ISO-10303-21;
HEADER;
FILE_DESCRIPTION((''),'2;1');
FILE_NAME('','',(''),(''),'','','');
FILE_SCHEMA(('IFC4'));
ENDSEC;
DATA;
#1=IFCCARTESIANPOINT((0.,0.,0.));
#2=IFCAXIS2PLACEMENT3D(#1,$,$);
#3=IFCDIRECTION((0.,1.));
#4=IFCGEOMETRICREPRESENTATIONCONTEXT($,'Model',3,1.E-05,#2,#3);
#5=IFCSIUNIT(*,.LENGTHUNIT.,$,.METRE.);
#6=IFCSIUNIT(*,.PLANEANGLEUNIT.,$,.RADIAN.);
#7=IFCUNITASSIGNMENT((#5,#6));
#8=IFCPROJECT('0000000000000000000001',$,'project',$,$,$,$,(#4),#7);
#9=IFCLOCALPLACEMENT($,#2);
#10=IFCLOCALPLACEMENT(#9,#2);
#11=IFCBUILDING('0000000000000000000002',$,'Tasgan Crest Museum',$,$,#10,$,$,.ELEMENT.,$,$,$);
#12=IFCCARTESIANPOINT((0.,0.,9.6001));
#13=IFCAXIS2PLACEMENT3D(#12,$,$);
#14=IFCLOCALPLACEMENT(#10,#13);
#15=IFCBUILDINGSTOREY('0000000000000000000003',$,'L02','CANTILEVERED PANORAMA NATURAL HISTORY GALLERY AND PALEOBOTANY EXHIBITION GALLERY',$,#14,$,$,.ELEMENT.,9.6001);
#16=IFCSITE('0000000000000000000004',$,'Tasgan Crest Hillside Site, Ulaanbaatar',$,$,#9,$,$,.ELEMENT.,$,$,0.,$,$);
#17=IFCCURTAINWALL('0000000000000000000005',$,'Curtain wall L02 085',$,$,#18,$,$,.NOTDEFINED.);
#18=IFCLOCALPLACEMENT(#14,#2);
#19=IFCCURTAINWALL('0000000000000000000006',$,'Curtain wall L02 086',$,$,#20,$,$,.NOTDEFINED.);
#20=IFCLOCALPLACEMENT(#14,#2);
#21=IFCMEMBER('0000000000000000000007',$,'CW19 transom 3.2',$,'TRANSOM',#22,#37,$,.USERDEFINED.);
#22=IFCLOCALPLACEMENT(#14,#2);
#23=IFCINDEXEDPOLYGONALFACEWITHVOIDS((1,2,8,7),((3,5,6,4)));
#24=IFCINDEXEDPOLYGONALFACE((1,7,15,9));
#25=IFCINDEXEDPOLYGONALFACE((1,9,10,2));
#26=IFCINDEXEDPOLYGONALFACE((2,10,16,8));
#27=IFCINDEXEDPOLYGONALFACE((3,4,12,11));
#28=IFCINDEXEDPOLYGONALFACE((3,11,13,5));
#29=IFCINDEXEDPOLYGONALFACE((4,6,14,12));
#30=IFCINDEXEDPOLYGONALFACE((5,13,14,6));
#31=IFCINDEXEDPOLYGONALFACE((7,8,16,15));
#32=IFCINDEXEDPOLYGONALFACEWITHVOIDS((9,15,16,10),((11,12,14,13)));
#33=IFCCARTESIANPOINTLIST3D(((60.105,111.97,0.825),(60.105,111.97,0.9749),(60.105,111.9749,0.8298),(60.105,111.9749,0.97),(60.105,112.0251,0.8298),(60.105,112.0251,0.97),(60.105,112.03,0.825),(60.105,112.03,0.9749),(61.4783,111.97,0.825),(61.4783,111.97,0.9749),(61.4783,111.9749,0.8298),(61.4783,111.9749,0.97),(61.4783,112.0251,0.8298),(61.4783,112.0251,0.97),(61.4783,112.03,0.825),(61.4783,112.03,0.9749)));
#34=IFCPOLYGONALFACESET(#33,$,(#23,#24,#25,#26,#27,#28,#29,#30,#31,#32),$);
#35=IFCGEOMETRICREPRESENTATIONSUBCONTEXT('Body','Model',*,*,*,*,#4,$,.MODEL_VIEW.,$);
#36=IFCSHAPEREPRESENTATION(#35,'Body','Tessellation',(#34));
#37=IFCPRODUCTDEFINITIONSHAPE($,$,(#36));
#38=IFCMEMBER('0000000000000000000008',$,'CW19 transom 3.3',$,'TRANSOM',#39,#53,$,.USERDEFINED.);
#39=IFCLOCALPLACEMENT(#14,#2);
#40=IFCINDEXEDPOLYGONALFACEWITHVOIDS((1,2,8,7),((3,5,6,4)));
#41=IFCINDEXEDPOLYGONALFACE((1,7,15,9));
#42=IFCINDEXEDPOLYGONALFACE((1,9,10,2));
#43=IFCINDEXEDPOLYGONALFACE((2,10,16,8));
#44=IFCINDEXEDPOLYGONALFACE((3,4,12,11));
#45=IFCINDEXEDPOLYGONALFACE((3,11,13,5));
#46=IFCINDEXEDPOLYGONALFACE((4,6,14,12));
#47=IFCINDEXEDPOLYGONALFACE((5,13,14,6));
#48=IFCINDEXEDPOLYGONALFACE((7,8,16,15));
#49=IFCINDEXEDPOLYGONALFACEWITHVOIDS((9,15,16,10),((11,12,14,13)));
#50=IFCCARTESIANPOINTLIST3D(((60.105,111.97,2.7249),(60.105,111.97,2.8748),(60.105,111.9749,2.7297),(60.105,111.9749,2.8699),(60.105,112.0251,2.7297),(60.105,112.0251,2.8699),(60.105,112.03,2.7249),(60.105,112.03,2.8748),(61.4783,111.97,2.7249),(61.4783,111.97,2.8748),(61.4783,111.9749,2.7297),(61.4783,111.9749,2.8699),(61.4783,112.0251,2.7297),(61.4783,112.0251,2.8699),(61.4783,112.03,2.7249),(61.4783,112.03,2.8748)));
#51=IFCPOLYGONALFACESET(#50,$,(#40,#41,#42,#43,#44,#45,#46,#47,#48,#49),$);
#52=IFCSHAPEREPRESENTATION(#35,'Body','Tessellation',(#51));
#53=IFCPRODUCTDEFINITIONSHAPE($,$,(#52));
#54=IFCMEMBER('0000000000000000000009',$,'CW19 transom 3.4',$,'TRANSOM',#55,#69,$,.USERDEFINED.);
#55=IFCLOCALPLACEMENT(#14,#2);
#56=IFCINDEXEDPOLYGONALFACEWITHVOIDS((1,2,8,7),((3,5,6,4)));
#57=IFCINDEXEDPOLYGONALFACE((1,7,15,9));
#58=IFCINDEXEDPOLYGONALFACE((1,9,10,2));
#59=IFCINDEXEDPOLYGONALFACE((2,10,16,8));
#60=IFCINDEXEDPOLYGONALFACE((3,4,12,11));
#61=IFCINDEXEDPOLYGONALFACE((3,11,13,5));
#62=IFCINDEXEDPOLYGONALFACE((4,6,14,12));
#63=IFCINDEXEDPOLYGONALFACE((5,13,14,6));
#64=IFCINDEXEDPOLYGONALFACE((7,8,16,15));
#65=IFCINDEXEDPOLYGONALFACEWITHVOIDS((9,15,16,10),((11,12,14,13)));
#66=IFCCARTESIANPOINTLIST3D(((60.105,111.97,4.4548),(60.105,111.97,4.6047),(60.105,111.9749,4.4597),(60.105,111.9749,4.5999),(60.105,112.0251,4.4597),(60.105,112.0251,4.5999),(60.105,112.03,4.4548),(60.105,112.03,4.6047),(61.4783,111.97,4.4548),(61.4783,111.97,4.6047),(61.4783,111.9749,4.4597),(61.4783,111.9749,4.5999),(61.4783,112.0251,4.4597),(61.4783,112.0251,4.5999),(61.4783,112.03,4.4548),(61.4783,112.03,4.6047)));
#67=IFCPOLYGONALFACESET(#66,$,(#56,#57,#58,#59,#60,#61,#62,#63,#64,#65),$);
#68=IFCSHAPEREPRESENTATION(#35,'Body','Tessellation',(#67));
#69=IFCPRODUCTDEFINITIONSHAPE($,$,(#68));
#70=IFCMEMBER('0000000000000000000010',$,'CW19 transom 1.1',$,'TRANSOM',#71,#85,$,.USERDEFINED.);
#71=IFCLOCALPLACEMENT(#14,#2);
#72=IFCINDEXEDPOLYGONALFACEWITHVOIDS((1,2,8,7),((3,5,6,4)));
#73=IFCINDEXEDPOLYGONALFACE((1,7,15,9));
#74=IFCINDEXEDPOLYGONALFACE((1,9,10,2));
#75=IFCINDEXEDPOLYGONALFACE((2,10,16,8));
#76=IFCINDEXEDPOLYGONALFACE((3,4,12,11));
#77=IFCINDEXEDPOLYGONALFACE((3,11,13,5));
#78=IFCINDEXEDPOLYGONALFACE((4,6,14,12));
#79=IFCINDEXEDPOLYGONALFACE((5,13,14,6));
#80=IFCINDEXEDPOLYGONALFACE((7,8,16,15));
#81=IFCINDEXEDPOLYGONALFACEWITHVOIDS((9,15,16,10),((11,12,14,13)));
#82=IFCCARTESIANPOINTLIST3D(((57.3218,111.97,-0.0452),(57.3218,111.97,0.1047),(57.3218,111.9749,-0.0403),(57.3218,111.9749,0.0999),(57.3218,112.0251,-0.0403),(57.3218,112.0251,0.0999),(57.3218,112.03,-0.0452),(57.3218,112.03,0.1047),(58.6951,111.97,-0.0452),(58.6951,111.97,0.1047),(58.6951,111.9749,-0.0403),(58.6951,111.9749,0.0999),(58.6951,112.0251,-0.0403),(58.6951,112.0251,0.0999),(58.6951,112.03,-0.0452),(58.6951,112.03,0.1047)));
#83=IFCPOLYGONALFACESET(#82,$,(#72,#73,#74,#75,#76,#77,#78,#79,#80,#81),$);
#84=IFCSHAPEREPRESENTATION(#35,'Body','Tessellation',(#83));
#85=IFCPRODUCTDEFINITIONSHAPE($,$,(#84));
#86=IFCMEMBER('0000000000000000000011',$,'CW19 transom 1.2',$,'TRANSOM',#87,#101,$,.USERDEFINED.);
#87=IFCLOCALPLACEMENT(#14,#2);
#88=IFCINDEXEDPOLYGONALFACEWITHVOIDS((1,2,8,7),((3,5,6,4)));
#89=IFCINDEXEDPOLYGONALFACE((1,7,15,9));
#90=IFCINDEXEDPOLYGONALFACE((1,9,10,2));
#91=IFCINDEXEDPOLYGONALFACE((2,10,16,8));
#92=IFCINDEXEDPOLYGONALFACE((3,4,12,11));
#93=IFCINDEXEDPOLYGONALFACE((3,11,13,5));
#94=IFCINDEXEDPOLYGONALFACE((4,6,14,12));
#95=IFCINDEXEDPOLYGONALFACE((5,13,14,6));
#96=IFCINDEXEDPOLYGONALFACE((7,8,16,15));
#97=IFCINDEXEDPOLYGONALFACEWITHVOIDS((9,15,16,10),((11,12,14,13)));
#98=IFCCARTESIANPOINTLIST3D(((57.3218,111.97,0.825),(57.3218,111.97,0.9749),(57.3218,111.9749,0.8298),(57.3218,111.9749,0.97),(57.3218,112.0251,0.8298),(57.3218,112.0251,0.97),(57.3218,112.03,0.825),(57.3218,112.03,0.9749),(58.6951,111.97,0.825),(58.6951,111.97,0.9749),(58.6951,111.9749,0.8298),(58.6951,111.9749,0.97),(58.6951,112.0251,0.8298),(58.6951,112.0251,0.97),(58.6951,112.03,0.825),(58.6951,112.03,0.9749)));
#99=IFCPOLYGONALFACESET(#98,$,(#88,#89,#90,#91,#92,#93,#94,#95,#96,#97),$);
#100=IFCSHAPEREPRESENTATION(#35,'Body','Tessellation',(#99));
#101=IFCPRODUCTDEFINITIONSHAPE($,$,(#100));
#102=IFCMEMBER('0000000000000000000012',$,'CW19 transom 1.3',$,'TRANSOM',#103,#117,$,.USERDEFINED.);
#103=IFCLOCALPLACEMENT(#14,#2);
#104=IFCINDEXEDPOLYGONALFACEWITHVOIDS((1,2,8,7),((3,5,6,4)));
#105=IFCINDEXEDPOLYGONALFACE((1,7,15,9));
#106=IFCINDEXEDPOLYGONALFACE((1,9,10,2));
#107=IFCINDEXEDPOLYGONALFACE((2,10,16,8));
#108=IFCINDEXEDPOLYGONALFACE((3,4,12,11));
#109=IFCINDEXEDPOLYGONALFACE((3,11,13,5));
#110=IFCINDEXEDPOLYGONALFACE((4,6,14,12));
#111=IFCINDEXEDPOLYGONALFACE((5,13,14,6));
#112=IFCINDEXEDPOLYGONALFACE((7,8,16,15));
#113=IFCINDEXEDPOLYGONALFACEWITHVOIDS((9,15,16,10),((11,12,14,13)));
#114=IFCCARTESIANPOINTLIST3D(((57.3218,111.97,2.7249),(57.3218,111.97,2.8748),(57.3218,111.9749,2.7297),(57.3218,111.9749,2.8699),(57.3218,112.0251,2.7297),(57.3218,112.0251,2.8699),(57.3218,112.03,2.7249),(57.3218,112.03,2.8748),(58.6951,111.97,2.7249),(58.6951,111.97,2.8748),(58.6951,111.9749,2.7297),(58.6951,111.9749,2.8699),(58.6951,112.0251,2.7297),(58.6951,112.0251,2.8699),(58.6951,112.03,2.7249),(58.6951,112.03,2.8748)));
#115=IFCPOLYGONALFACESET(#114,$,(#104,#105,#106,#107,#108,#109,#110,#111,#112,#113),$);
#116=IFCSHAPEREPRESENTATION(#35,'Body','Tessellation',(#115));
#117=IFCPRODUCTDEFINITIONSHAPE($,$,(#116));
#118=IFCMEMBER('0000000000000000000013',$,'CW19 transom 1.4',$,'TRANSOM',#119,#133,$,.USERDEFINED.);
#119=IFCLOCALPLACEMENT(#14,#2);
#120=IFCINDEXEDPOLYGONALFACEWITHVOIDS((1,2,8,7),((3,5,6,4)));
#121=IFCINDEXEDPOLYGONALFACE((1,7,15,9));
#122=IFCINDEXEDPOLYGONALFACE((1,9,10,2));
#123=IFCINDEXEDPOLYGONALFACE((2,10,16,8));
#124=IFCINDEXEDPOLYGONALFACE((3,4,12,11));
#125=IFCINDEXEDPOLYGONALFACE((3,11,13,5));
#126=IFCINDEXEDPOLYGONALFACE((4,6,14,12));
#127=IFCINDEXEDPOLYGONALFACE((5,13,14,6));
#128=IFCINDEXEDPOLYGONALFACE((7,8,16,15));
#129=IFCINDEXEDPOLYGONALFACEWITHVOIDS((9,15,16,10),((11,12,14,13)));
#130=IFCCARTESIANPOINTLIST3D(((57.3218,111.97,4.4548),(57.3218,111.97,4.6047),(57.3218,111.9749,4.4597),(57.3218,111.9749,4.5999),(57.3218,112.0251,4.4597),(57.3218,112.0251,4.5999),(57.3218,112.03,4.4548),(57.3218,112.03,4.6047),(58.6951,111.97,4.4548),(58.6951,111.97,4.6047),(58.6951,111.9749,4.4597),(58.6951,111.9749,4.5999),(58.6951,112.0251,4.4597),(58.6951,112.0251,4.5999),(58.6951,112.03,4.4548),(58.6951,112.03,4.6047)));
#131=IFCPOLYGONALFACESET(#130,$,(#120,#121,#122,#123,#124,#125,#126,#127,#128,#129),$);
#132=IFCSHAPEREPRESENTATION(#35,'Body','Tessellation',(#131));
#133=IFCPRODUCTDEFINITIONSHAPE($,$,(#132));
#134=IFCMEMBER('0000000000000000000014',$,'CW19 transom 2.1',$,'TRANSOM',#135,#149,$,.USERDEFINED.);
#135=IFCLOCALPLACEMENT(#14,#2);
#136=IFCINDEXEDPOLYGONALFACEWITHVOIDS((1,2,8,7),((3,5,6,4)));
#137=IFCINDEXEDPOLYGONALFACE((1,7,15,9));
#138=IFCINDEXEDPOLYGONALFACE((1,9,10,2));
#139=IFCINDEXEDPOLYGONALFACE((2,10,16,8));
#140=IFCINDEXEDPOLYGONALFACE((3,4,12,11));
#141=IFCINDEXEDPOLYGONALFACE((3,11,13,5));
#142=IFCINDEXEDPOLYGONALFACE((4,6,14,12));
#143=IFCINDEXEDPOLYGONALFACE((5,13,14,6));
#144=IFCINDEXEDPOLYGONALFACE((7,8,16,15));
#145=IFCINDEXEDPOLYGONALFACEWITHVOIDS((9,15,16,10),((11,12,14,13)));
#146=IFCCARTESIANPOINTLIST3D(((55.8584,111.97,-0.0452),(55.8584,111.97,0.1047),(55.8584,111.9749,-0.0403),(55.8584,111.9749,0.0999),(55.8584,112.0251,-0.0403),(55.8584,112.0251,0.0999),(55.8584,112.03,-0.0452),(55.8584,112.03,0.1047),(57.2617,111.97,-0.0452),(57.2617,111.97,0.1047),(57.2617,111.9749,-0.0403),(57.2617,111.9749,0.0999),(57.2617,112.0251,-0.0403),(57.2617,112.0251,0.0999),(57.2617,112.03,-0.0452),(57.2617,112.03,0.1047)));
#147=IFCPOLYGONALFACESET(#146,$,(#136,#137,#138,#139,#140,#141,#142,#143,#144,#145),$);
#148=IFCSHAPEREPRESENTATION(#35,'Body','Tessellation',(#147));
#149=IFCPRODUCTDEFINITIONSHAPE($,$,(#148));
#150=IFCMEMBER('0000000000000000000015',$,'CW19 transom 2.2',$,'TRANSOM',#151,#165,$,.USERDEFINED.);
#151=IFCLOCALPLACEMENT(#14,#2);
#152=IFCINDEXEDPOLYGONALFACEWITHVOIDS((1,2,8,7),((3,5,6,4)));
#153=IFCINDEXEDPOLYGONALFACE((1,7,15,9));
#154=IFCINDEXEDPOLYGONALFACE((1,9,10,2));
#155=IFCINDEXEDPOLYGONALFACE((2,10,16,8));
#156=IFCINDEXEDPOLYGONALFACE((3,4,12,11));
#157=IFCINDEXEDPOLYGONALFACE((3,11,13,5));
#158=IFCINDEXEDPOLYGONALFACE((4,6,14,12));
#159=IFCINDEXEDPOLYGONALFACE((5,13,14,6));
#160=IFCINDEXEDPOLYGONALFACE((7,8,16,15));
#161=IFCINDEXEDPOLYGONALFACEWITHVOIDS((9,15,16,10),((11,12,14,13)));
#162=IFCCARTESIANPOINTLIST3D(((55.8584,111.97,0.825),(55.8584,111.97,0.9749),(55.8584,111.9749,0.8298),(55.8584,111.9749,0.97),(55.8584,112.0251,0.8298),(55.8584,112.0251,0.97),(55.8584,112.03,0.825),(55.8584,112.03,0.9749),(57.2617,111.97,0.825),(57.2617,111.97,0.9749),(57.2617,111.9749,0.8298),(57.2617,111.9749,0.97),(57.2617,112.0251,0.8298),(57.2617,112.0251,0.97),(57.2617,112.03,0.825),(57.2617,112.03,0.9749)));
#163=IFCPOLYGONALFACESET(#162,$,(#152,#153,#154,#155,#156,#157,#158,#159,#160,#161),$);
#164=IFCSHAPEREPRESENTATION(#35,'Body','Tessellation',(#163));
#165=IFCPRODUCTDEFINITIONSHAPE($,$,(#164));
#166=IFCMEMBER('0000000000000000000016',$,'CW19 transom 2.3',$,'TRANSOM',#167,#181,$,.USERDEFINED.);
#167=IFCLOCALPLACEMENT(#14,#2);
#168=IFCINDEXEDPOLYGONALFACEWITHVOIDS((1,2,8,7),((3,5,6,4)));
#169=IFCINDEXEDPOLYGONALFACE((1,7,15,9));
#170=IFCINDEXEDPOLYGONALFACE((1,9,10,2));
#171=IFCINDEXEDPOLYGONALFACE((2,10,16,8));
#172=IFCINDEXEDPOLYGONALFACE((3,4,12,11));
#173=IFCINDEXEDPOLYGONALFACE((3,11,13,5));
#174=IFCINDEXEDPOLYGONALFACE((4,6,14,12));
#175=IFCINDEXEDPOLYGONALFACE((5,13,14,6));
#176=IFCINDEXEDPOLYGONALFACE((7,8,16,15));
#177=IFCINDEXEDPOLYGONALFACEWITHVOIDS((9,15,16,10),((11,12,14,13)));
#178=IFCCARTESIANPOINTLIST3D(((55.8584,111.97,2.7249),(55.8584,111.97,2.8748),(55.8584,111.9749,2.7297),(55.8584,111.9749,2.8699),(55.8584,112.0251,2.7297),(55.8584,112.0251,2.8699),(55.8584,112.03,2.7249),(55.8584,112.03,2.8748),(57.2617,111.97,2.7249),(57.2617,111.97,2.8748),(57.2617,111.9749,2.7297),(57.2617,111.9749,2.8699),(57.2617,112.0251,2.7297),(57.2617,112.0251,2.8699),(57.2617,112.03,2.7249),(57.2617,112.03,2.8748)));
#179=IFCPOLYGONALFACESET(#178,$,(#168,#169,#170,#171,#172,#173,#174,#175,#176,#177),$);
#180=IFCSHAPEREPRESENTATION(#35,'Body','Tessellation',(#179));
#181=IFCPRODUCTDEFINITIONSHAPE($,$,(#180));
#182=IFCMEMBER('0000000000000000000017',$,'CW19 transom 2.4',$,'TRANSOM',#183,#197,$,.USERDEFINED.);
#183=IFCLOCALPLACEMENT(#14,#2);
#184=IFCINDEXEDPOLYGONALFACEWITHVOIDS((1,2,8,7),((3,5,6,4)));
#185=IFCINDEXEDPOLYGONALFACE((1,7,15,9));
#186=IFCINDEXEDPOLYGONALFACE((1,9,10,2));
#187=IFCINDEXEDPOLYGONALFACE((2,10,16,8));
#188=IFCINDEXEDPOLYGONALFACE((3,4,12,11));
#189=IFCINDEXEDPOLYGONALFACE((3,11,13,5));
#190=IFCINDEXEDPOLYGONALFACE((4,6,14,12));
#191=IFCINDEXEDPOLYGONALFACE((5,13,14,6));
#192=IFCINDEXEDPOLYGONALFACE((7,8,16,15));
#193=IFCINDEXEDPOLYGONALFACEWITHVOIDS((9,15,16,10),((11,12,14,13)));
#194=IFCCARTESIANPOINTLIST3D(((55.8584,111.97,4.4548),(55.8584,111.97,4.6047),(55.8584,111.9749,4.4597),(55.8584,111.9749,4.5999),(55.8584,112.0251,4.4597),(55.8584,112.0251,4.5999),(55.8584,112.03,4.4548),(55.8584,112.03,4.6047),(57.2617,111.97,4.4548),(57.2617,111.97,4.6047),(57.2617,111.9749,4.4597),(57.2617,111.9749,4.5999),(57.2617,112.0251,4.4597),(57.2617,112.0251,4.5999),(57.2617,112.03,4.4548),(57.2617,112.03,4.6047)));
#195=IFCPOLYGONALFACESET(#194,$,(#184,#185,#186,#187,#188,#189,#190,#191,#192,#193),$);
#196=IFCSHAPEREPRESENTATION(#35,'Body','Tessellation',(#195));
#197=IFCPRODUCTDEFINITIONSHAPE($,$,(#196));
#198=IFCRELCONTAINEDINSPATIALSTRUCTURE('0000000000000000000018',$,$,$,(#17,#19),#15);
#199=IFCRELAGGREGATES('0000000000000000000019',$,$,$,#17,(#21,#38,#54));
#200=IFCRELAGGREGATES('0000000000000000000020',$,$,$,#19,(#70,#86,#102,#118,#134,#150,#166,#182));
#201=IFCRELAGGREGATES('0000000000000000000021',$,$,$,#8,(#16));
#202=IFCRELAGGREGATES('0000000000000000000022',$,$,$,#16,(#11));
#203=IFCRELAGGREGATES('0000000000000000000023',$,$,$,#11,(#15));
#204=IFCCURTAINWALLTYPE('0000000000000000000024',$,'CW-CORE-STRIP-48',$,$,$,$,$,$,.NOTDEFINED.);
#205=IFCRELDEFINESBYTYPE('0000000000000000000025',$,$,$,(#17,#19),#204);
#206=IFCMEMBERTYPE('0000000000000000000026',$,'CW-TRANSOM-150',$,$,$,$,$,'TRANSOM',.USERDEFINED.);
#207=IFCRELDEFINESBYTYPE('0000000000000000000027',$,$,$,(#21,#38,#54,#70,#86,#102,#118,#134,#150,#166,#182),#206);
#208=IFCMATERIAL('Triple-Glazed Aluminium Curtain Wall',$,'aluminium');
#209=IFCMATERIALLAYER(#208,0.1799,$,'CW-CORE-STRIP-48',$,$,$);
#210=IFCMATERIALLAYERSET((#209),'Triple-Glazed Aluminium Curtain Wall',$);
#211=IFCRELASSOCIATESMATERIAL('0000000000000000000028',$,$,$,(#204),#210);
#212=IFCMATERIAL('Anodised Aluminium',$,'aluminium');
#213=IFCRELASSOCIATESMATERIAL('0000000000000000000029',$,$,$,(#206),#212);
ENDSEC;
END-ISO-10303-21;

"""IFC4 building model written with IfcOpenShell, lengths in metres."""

from ifc_helpers import new_model, si_unit, direction, frame, origin, origin_2d, place, context, subcontext, project, spatial, hollow_rectangle, extrude, material, layer, layer_set, material_profile, profile_set, type_object, element, aggregate, save


model = new_model("IFC4")

# Units and contexts
model_context = context("Model", 3, precision=1e-05, world=origin(), true_north=direction((0.0, 1.0)))
body_context = subcontext(model_context, "Body", "Model", "MODEL_VIEW")
ifc_project = project(units=[si_unit("LENGTHUNIT", "METRE"), si_unit("PLANEANGLEUNIT", "RADIAN")], contexts=[model_context])

# Site, building, storey
site_placement = place(None, origin())
site = spatial("IfcSite", under=ifc_project, at=site_placement, Name="Tasgan Crest Hillside Site, Ulaanbaatar", CompositionType="ELEMENT", RefElevation=0.0)
building_placement = place(site_placement, origin())
building = spatial("IfcBuilding", under=site, at=building_placement, Name="Tasgan Crest Museum", CompositionType="ELEMENT")
storey_placement = place(building_placement, frame((0.0, 0.0, 9.6001)))
storey = spatial("IfcBuildingStorey", under=building, at=storey_placement, Name="L02", Description="CANTILEVERED PANORAMA NATURAL HISTORY GALLERY AND PALEOBOTANY EXHIBITION GALLERY", CompositionType="ELEMENT", Elevation=9.6001)

# Curtain walls
ifc_material_1 = material(Name="Triple-Glazed Aluminium Curtain Wall", Category="aluminium")
ifc_layer_1 = layer(ifc_material_1, 0.1799, Name="CW-CORE-STRIP-48")
ifc_layer_set_1 = layer_set([ifc_layer_1], Name="Triple-Glazed Aluminium Curtain Wall")
curtain_wall_type = type_object("IfcCurtainWallType", Name="CW-CORE-STRIP-48", PredefinedType="NOTDEFINED", material=ifc_layer_set_1)
curtain_wall_1_placement = place(storey_placement, origin())
curtain_wall_1 = element("IfcCurtainWall", 1, at=curtain_wall_1_placement, inside=storey, type_object=curtain_wall_type, Name="Curtain wall L02 085", PredefinedType="NOTDEFINED")
curtain_wall_2_placement = place(storey_placement, origin())
curtain_wall_2 = element("IfcCurtainWall", 2, at=curtain_wall_2_placement, inside=storey, type_object=curtain_wall_type, Name="Curtain wall L02 086", PredefinedType="NOTDEFINED")

# Members
ifc_material_2 = material(Name="Anodised Aluminium", Category="aluminium")
ifc_material_profile_1 = material_profile(ifc_material_2, hollow_rectangle(XDim=0.0601, YDim=0.1499, WallThickness=0.0049, at=origin_2d()), Name="ALU TRANSOM 150x60x5")
ifc_profile_set_1 = profile_set([ifc_material_profile_1], Name="Anodised Aluminium")
member_type_1 = type_object("IfcMemberType", Name="CW-TRANSOM-150", ElementType="TRANSOM", PredefinedType="USERDEFINED", material=ifc_profile_set_1)
member_1_placement = place(storey_placement, frame((61.4783, 112.0, 0.8999), z_axis=(-1.0, 0.0, 0.0), x_axis=(0.0, -1.0, 0.0)))
member_1 = element("IfcMember", 3, at=member_1_placement, type_object=member_type_1, Name="CW19 transom 3.2", ObjectType="TRANSOM", PredefinedType="USERDEFINED", context=body_context, shape_type="SweptSolid", body=[
    extrude(hollow_rectangle(XDim=0.0601, YDim=0.1499, WallThickness=0.0049, at=origin_2d()), origin(), (0.0, 0.0, 1.0), 1.3733),
])
member_2_placement = place(storey_placement, frame((61.4783, 112.0, 2.7998), z_axis=(-1.0, 0.0, 0.0), x_axis=(0.0, -1.0, 0.0)))
member_2 = element("IfcMember", 4, at=member_2_placement, type_object=member_type_1, Name="CW19 transom 3.3", ObjectType="TRANSOM", PredefinedType="USERDEFINED", context=body_context, shape_type="SweptSolid", body=[
    extrude(hollow_rectangle(XDim=0.0601, YDim=0.1499, WallThickness=0.0049, at=origin_2d()), origin(), (0.0, 0.0, 1.0), 1.3733),
])
member_3_placement = place(storey_placement, frame((61.4783, 112.0, 4.5298), z_axis=(-1.0, 0.0, 0.0), x_axis=(0.0, -1.0, 0.0)))
member_3 = element("IfcMember", 5, at=member_3_placement, type_object=member_type_1, Name="CW19 transom 3.4", ObjectType="TRANSOM", PredefinedType="USERDEFINED", context=body_context, shape_type="SweptSolid", body=[
    extrude(hollow_rectangle(XDim=0.0601, YDim=0.1499, WallThickness=0.0049, at=origin_2d()), origin(), (0.0, 0.0, 1.0), 1.3733),
])
member_4_placement = place(storey_placement, frame((58.6951, 112.0, 0.0298), z_axis=(-1.0, 0.0, 0.0), x_axis=(0.0, -1.0, 0.0)))
member_4 = element("IfcMember", 6, at=member_4_placement, type_object=member_type_1, Name="CW19 transom 1.1", ObjectType="TRANSOM", PredefinedType="USERDEFINED", context=body_context, shape_type="SweptSolid", body=[
    extrude(hollow_rectangle(XDim=0.0601, YDim=0.1499, WallThickness=0.0049, at=origin_2d()), origin(), (0.0, 0.0, 1.0), 1.3733),
])
member_5_placement = place(storey_placement, frame((58.6951, 112.0, 0.8999), z_axis=(-1.0, 0.0, 0.0), x_axis=(0.0, -1.0, 0.0)))
member_5 = element("IfcMember", 7, at=member_5_placement, type_object=member_type_1, Name="CW19 transom 1.2", ObjectType="TRANSOM", PredefinedType="USERDEFINED", context=body_context, shape_type="SweptSolid", body=[
    extrude(hollow_rectangle(XDim=0.0601, YDim=0.1499, WallThickness=0.0049, at=origin_2d()), origin(), (0.0, 0.0, 1.0), 1.3733),
])
member_6_placement = place(storey_placement, frame((58.6951, 112.0, 2.7998), z_axis=(-1.0, 0.0, 0.0), x_axis=(0.0, -1.0, 0.0)))
member_6 = element("IfcMember", 8, at=member_6_placement, type_object=member_type_1, Name="CW19 transom 1.3", ObjectType="TRANSOM", PredefinedType="USERDEFINED", context=body_context, shape_type="SweptSolid", body=[
    extrude(hollow_rectangle(XDim=0.0601, YDim=0.1499, WallThickness=0.0049, at=origin_2d()), origin(), (0.0, 0.0, 1.0), 1.3733),
])
member_7_placement = place(storey_placement, frame((58.6951, 112.0, 4.5298), z_axis=(-1.0, 0.0, 0.0), x_axis=(0.0, -1.0, 0.0)))
member_7 = element("IfcMember", 9, at=member_7_placement, type_object=member_type_1, Name="CW19 transom 1.4", ObjectType="TRANSOM", PredefinedType="USERDEFINED", context=body_context, shape_type="SweptSolid", body=[
    extrude(hollow_rectangle(XDim=0.0601, YDim=0.1499, WallThickness=0.0049, at=origin_2d()), origin(), (0.0, 0.0, 1.0), 1.3733),
])
member_8_placement = place(storey_placement, frame((57.2617, 112.0, 0.0298), z_axis=(-1.0, 0.0, 0.0), x_axis=(0.0, -1.0, 0.0)))
member_8 = element("IfcMember", 10, at=member_8_placement, type_object=member_type_1, Name="CW19 transom 2.1", ObjectType="TRANSOM", PredefinedType="USERDEFINED", context=body_context, shape_type="SweptSolid", body=[
    extrude(hollow_rectangle(XDim=0.0601, YDim=0.1499, WallThickness=0.0049, at=origin_2d()), origin(), (0.0, 0.0, 1.0), 1.4033),
])
member_9_placement = place(storey_placement, frame((57.2617, 112.0, 0.8999), z_axis=(-1.0, 0.0, 0.0), x_axis=(0.0, -1.0, 0.0)))
member_9 = element("IfcMember", 11, at=member_9_placement, type_object=member_type_1, Name="CW19 transom 2.2", ObjectType="TRANSOM", PredefinedType="USERDEFINED", context=body_context, shape_type="SweptSolid", body=[
    extrude(hollow_rectangle(XDim=0.0601, YDim=0.1499, WallThickness=0.0049, at=origin_2d()), origin(), (0.0, 0.0, 1.0), 1.4033),
])
member_10_placement = place(storey_placement, frame((57.2617, 112.0, 2.7998), z_axis=(-1.0, 0.0, 0.0), x_axis=(0.0, -1.0, 0.0)))
member_10 = element("IfcMember", 12, at=member_10_placement, type_object=member_type_1, Name="CW19 transom 2.3", ObjectType="TRANSOM", PredefinedType="USERDEFINED", context=body_context, shape_type="SweptSolid", body=[
    extrude(hollow_rectangle(XDim=0.0601, YDim=0.1499, WallThickness=0.0049, at=origin_2d()), origin(), (0.0, 0.0, 1.0), 1.4033),
])
member_11_placement = place(storey_placement, frame((57.2617, 112.0, 4.5298), z_axis=(-1.0, 0.0, 0.0), x_axis=(0.0, -1.0, 0.0)))
member_11 = element("IfcMember", 13, at=member_11_placement, type_object=member_type_1, Name="CW19 transom 2.4", ObjectType="TRANSOM", PredefinedType="USERDEFINED", context=body_context, shape_type="SweptSolid", body=[
    extrude(hollow_rectangle(XDim=0.0601, YDim=0.1499, WallThickness=0.0049, at=origin_2d()), origin(), (0.0, 0.0, 1.0), 1.4033),
])

aggregate(curtain_wall_1, [member_1, member_2, member_3])
aggregate(curtain_wall_2, [member_4, member_5, member_6, member_7, member_8, member_9, member_10, member_11])

save(model, "model.ifc")
